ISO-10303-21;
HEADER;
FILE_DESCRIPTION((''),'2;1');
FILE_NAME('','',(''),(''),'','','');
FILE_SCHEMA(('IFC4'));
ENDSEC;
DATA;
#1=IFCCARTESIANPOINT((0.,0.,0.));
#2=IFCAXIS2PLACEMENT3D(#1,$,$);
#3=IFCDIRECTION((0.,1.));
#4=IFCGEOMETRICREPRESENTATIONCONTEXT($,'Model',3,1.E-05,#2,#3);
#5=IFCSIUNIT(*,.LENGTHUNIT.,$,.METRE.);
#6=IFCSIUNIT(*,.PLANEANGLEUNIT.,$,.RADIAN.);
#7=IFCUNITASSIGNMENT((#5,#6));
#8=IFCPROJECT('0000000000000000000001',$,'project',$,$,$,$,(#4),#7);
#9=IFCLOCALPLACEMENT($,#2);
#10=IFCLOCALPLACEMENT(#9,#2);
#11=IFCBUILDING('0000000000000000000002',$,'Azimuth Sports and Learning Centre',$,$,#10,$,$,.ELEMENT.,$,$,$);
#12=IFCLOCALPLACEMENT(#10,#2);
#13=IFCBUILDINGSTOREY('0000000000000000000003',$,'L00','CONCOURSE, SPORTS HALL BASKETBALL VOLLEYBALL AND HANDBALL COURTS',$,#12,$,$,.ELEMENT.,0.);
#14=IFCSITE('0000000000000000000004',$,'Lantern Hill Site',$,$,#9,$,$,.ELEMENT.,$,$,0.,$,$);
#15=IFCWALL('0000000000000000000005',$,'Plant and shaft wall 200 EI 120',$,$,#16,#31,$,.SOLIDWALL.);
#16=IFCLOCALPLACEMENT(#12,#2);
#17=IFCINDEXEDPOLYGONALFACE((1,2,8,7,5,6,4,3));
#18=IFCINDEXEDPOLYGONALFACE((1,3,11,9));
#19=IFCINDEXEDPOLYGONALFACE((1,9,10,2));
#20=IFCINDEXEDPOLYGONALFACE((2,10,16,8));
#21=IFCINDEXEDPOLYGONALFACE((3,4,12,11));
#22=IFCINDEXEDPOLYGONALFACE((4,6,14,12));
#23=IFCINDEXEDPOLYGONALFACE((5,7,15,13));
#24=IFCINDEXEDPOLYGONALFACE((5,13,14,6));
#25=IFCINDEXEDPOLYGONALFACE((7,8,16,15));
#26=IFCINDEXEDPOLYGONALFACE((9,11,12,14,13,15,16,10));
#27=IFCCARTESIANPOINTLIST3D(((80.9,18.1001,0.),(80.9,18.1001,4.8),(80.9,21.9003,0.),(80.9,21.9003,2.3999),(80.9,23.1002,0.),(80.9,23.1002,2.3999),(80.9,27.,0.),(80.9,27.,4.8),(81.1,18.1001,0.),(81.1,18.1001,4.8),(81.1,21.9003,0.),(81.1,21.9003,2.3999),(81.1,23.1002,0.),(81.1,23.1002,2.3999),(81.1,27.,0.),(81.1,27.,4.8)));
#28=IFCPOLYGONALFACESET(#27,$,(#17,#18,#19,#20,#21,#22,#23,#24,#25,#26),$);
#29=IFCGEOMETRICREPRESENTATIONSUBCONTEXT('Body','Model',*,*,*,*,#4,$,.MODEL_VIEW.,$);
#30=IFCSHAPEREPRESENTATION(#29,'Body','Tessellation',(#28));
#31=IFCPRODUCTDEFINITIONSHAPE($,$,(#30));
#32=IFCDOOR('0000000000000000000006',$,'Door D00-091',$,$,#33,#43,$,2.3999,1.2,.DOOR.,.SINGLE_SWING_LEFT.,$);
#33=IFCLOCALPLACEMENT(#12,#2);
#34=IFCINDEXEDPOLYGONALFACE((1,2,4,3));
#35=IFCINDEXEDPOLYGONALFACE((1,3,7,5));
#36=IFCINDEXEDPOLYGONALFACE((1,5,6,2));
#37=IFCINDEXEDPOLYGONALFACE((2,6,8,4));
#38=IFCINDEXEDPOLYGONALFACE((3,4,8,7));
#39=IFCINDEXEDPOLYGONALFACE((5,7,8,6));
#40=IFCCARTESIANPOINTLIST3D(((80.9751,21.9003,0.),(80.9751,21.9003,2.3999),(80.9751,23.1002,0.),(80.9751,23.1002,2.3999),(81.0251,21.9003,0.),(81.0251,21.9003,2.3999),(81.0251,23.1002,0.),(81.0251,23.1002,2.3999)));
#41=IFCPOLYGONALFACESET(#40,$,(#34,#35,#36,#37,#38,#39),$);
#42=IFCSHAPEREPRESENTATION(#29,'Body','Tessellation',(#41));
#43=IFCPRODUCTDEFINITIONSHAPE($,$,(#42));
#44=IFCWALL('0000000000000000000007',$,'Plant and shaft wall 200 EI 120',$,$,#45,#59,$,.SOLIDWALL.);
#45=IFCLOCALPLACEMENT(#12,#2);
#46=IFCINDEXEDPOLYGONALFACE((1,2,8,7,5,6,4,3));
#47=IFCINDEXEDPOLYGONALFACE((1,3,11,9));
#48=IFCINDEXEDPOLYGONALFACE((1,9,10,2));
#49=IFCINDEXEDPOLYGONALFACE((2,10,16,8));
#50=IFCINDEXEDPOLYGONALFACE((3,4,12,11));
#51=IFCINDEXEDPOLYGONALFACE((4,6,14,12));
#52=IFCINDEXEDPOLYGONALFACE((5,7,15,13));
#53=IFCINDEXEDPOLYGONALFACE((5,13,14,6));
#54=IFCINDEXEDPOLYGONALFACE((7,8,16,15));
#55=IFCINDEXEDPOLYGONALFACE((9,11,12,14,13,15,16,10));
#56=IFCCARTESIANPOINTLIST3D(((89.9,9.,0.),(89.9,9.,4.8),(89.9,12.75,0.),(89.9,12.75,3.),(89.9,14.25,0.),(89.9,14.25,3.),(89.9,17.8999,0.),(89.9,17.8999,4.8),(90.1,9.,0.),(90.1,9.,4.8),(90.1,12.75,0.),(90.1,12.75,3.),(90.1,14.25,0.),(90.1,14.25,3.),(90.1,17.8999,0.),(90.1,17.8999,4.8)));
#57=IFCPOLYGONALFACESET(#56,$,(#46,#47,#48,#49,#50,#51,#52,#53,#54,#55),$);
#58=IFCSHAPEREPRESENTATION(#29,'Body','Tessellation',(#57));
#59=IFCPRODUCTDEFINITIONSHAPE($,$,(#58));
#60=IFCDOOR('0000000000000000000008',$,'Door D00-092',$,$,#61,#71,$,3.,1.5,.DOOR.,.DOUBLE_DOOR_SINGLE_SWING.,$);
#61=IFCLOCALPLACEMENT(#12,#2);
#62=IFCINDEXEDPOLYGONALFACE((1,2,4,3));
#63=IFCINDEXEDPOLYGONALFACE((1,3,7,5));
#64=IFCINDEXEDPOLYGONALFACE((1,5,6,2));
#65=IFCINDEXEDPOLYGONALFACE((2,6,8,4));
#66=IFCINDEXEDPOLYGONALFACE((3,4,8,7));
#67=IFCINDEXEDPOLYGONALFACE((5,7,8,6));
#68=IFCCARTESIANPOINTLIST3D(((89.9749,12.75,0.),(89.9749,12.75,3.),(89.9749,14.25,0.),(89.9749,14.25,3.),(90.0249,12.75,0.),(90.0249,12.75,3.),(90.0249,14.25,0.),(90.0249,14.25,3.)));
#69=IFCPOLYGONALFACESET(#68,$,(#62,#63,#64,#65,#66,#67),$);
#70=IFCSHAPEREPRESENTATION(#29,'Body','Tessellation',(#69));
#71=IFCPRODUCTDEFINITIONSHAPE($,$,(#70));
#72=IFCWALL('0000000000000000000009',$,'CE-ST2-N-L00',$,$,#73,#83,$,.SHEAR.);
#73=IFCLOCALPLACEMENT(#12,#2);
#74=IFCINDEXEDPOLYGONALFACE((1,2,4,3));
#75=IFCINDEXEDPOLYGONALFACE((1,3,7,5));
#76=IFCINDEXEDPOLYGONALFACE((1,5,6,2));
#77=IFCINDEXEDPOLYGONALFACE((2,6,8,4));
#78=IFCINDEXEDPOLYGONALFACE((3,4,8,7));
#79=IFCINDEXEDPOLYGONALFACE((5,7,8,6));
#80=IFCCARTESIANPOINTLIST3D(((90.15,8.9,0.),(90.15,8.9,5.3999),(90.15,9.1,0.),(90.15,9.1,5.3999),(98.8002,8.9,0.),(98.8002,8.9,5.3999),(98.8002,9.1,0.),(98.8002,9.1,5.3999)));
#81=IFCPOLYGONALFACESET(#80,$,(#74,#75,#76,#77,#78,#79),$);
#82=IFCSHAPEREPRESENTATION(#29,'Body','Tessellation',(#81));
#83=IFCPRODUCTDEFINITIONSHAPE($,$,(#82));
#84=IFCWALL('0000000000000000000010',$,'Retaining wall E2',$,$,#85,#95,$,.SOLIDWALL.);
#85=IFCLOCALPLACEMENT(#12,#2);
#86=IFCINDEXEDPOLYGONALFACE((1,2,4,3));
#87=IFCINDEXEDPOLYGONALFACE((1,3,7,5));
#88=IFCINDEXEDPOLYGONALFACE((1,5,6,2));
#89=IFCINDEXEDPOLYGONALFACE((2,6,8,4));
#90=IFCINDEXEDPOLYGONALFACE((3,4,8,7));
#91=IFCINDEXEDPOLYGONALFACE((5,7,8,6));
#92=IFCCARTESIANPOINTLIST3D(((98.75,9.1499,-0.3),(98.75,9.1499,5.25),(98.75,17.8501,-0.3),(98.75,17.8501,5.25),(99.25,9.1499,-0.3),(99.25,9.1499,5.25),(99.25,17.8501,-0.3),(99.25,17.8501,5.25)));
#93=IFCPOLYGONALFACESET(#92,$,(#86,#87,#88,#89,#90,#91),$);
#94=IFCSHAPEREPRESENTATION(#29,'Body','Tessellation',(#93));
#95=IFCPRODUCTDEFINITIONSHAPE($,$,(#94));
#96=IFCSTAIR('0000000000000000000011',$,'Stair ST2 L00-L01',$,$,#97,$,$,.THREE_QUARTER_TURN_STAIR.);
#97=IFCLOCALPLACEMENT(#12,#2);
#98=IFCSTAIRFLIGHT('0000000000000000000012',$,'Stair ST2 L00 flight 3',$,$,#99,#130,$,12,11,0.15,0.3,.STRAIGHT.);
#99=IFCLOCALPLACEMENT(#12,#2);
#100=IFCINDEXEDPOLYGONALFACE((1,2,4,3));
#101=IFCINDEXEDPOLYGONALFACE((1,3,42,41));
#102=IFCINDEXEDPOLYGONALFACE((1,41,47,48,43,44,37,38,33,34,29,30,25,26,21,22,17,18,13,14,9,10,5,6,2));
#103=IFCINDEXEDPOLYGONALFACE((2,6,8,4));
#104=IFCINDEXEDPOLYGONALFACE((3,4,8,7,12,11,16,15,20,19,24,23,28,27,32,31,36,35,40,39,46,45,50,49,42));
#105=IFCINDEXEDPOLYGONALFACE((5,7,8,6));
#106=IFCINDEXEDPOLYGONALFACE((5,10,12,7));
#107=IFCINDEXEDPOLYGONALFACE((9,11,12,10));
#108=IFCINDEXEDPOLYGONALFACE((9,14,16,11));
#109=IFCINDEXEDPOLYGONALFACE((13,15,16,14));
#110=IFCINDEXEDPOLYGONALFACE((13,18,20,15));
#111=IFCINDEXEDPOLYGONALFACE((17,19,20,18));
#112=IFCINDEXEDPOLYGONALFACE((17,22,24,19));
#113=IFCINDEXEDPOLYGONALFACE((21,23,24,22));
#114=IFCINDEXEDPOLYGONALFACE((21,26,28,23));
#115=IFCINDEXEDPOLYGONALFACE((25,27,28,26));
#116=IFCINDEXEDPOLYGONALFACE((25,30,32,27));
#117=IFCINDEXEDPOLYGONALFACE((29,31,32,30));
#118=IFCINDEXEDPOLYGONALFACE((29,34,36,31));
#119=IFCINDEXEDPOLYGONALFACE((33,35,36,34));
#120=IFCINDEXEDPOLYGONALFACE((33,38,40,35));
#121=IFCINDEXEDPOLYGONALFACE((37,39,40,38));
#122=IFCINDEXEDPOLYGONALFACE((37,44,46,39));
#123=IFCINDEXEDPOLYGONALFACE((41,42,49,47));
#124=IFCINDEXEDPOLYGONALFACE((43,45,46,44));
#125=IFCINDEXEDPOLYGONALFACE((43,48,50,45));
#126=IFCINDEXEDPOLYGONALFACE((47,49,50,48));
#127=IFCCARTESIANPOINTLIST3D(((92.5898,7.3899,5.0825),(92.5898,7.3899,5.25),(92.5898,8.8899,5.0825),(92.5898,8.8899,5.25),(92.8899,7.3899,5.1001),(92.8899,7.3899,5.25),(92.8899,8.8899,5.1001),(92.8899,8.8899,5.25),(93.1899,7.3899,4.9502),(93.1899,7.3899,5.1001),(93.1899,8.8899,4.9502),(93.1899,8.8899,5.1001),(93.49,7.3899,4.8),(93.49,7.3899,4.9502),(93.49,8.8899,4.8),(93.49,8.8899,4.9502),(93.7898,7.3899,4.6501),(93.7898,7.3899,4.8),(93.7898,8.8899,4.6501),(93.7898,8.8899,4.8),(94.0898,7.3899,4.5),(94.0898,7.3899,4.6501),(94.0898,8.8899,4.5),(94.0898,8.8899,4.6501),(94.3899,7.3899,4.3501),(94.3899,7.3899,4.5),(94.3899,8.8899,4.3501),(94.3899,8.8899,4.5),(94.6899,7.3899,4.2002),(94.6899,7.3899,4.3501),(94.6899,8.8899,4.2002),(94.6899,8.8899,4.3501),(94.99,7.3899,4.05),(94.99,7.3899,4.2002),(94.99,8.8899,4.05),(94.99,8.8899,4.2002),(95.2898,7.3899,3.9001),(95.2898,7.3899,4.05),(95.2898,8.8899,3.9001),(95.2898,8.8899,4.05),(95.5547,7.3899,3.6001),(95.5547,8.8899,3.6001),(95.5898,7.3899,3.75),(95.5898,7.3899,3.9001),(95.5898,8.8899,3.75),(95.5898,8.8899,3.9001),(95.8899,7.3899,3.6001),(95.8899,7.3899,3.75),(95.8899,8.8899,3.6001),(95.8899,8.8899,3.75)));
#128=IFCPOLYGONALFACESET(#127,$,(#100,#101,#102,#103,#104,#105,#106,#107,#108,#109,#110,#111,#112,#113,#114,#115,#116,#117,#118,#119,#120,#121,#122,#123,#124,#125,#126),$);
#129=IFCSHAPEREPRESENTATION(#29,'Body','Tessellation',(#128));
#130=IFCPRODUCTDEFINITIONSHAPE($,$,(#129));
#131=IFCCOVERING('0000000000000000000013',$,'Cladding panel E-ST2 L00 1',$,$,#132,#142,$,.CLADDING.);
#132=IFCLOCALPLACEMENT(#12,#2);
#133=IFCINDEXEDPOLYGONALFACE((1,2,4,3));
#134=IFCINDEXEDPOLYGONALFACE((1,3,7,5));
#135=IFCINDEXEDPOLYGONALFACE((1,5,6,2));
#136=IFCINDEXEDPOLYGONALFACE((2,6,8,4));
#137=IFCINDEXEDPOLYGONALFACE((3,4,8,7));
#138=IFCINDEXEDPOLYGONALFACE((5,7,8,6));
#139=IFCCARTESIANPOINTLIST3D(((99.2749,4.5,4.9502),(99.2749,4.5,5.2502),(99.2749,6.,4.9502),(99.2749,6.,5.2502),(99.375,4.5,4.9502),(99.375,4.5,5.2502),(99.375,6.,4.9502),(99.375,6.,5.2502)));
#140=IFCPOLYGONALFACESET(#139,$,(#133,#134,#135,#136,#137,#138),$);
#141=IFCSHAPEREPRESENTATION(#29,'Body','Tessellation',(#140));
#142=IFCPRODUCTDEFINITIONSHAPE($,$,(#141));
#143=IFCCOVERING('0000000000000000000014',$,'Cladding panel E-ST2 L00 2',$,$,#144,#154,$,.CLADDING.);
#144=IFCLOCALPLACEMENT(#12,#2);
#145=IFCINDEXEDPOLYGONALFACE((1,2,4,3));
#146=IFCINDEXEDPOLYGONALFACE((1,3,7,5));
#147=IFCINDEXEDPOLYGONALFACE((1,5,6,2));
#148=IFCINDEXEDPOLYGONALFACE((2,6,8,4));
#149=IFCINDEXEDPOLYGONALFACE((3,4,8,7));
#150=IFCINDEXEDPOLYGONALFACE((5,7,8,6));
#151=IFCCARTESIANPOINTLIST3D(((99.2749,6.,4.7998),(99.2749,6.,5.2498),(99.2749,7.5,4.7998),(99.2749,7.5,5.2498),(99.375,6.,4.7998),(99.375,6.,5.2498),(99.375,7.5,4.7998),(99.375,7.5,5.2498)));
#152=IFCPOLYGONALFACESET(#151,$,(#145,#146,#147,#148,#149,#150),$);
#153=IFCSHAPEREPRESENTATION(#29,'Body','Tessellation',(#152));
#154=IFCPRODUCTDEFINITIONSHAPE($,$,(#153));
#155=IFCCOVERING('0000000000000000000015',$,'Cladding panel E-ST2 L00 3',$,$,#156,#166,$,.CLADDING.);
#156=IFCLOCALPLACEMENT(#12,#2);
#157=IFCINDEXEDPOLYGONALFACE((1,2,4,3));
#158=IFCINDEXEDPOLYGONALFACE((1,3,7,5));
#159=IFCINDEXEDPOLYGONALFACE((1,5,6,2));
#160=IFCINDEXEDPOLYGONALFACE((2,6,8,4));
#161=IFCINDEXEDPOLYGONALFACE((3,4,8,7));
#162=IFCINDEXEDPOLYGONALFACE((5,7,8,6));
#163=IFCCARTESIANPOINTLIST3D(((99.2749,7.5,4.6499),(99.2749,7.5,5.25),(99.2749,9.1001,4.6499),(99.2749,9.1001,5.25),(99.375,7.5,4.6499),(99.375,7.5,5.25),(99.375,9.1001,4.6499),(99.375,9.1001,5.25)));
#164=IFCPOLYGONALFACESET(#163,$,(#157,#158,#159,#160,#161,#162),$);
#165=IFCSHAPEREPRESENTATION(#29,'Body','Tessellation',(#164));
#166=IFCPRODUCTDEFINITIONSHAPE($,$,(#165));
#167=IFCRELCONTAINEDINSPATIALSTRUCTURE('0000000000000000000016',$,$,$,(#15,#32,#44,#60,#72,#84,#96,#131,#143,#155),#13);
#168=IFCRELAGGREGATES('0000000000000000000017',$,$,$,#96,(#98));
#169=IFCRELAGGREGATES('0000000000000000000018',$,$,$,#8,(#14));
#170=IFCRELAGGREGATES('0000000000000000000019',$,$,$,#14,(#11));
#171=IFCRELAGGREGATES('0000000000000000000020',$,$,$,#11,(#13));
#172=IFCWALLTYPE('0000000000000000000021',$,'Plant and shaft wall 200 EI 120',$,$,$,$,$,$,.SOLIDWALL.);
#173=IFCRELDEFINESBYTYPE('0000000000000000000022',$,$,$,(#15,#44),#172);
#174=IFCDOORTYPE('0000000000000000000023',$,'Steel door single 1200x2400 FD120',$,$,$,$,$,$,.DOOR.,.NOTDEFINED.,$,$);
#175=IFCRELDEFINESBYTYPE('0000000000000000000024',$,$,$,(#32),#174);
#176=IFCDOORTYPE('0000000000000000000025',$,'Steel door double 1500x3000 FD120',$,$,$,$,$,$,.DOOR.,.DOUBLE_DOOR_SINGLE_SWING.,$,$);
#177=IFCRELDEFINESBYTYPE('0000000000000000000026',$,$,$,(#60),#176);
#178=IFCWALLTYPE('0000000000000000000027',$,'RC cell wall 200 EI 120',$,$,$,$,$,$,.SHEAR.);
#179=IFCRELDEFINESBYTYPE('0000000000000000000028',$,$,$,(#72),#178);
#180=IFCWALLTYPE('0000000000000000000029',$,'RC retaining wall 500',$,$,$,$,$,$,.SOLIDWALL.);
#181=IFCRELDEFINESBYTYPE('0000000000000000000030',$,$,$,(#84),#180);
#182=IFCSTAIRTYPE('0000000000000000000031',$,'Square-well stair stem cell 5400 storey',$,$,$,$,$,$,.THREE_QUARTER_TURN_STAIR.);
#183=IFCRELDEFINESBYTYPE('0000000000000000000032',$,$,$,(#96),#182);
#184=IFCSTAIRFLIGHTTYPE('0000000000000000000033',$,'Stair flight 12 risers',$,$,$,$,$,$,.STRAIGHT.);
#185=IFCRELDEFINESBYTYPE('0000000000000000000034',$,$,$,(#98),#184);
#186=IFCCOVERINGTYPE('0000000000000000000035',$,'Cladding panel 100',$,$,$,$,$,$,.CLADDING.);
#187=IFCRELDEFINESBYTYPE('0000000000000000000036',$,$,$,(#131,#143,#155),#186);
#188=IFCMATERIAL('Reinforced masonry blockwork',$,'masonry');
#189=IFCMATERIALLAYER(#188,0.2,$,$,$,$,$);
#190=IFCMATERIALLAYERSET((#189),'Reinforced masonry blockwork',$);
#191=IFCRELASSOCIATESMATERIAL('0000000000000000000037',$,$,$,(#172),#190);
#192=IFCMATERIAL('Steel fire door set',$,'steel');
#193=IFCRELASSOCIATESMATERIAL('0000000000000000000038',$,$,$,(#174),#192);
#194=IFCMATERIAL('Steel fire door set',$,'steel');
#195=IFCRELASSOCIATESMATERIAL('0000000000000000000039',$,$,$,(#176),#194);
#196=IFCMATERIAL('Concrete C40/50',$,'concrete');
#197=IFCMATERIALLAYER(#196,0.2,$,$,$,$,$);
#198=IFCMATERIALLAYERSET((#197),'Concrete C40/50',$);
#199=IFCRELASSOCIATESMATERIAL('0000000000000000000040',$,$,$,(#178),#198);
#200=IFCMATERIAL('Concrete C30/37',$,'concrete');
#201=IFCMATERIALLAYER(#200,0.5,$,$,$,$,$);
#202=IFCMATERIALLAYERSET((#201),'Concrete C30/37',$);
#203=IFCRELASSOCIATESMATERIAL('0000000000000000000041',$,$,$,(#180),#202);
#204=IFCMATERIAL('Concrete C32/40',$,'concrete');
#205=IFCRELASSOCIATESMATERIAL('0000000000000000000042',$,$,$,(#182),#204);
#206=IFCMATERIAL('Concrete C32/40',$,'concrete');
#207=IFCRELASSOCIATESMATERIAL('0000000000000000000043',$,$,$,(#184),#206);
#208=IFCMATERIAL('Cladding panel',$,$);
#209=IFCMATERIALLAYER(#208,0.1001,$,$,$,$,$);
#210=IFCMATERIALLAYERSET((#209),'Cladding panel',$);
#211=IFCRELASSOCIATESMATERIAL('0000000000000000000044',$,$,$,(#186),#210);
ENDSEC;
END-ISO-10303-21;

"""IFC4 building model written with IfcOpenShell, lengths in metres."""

from ifc_helpers import new_model, si_unit, direction, frame, frame_2d, origin, origin_2d, place, context, subcontext, project, spatial, polyline, rectangle, outline, extrude, material, layer, layer_set, type_object, element, fill, aggregate, save


model = new_model("IFC4")

# Units and contexts
model_context = context("Model", 3, precision=1e-05, world=origin(), true_north=direction((0.0, 1.0)))
body_context = subcontext(model_context, "Body", "Model", "MODEL_VIEW")
ifc_project = project(units=[si_unit("LENGTHUNIT", "METRE"), si_unit("PLANEANGLEUNIT", "RADIAN")], contexts=[model_context])

# Site, building, storey
site_placement = place(None, origin())
site = spatial("IfcSite", under=ifc_project, at=site_placement, Name="Lantern Hill Site", CompositionType="ELEMENT", RefElevation=0.0)
building_placement = place(site_placement, origin())
building = spatial("IfcBuilding", under=site, at=building_placement, Name="Azimuth Sports and Learning Centre", CompositionType="ELEMENT")
storey_placement = place(building_placement, origin())
storey = spatial("IfcBuildingStorey", under=building, at=storey_placement, Name="L00", Description="CONCOURSE, SPORTS HALL BASKETBALL VOLLEYBALL AND HANDBALL COURTS", CompositionType="ELEMENT", Elevation=0.0)

# Shared definitions
ifc_material_1 = material(Name="Reinforced masonry blockwork", Category="masonry")
ifc_layer_1 = layer(ifc_material_1, 0.2)
ifc_layer_set_1 = layer_set([ifc_layer_1], Name="Reinforced masonry blockwork")
wall_type_1 = type_object("IfcWallType", Name="Plant and shaft wall 200 EI 120", PredefinedType="SOLIDWALL", material=ifc_layer_set_1)

# Walls, openings, doors
ifc_material_2 = material(Name="Steel fire door set", Category="steel")
door_type_1 = type_object("IfcDoorType", Name="Steel door single 1200x2400 FD120", OperationType="NOTDEFINED", PredefinedType="DOOR", material=ifc_material_2)
wall_1_placement = place(storey_placement, frame((81.0, 18.1001, 0.0), z_axis=(0.0, 0.0, 1.0), x_axis=(0.0, 1.0, 0.0)))
wall_1 = element("IfcWall", 1, at=wall_1_placement, inside=storey, type_object=wall_type_1, Name="Plant and shaft wall 200 EI 120", PredefinedType="SOLIDWALL", context=body_context, shape_type="SweptSolid", body=[
    extrude(rectangle(XDim=8.8999, YDim=0.2, at=frame_2d((4.45, 0.0))), origin(), (0.0, 0.0, 1.0), 4.8),
])
opening_1_placement = place(wall_1_placement, frame((3.8, 0.0, 0.0)))
opening_1 = element("IfcOpeningElement", 2, at=opening_1_placement, cuts=wall_1, PredefinedType="OPENING", context=body_context, shape_type="SweptSolid", body=[
    extrude(rectangle(XDim=1.2, YDim=2.3999, at=frame_2d((0.6001, 1.2))), frame((0.0, 0.1108, 0.0), z_axis=(0.0, -1.0, 0.0), x_axis=(1.0, 0.0, 0.0)), (0.0, 0.0, 1.0), 0.2219),
])
door_1_placement = place(opening_1_placement, origin())
door_1 = element("IfcDoor", 3, at=door_1_placement, inside=storey, type_object=door_type_1, Name="Door D00-091", OperationType="SINGLE_SWING_LEFT", OverallHeight=2.3999, OverallWidth=1.2, PredefinedType="DOOR", context=body_context, shape_type="SweptSolid", body=[
    extrude(rectangle(XDim=1.2, YDim=2.3999, at=frame_2d((0.6001, 1.2))), frame((0.0, 0.0249, 0.0), z_axis=(0.0, -1.0, 0.0), x_axis=(1.0, 0.0, 0.0)), (0.0, 0.0, 1.0), 0.05),
])
fill(opening_1, door_1)
wall_2_placement = place(storey_placement, frame((90.0, 9.0, 0.0), z_axis=(0.0, 0.0, 1.0), x_axis=(0.0, 1.0, 0.0)))
wall_2 = element("IfcWall", 4, at=wall_2_placement, inside=storey, type_object=wall_type_1, Name="Plant and shaft wall 200 EI 120", PredefinedType="SOLIDWALL", context=body_context, shape_type="SweptSolid", body=[
    extrude(rectangle(XDim=8.8999, YDim=0.2, at=frame_2d((4.45, 0.0))), origin(), (0.0, 0.0, 1.0), 4.8),
])
opening_2_placement = place(wall_2_placement, frame((3.75, 0.0, 0.0)))
opening_2 = element("IfcOpeningElement", 5, at=opening_2_placement, cuts=wall_2, PredefinedType="OPENING", context=body_context, shape_type="SweptSolid", body=[
    extrude(rectangle(XDim=1.5, YDim=3.0, at=frame_2d((0.75, 1.5))), frame((0.0, 0.1108, 0.0), z_axis=(0.0, -1.0, 0.0), x_axis=(1.0, 0.0, 0.0)), (0.0, 0.0, 1.0), 0.2219),
])
ifc_material_3 = material(Name="Steel fire door set", Category="steel")
door_type_2 = type_object("IfcDoorType", Name="Steel door double 1500x3000 FD120", OperationType="DOUBLE_DOOR_SINGLE_SWING", PredefinedType="DOOR", material=ifc_material_3)
door_2_placement = place(opening_2_placement, frame((1.5, 0.0, 0.0), z_axis=(0.0, 0.0, 1.0), x_axis=(-1.0, 0.0, 0.0)))
door_2 = element("IfcDoor", 6, at=door_2_placement, inside=storey, type_object=door_type_2, Name="Door D00-092", OperationType="DOUBLE_DOOR_SINGLE_SWING", OverallHeight=3.0, OverallWidth=1.5, PredefinedType="DOOR", context=body_context, shape_type="SweptSolid", body=[
    extrude(rectangle(XDim=1.5, YDim=3.0, at=frame_2d((0.75, 1.5))), frame((0.0, 0.0249, 0.0), z_axis=(0.0, -1.0, 0.0), x_axis=(1.0, 0.0, 0.0)), (0.0, 0.0, 1.0), 0.05),
])
fill(opening_2, door_2)

# Walls
ifc_material_4 = material(Name="Concrete C40/50", Category="concrete")
ifc_layer_2 = layer(ifc_material_4, 0.2)
ifc_layer_set_2 = layer_set([ifc_layer_2], Name="Concrete C40/50")
wall_type_2 = type_object("IfcWallType", Name="RC cell wall 200 EI 120", PredefinedType="SHEAR", material=ifc_layer_set_2)
wall_3_placement = place(storey_placement, frame((90.1499, 9.0, 0.0), z_axis=(0.0, 0.0, 1.0), x_axis=(1.0, 0.0, 0.0)))
element("IfcWall", 7, at=wall_3_placement, inside=storey, type_object=wall_type_2, Name="CE-ST2-N-L00", PredefinedType="SHEAR", context=body_context, shape_type="SweptSolid", body=[
    extrude(rectangle(XDim=8.6501, YDim=0.2, at=frame_2d((4.3252, 0.0))), origin(), (0.0, 0.0, 1.0), 5.3999),
])
ifc_material_5 = material(Name="Concrete C30/37", Category="concrete")
ifc_layer_3 = layer(ifc_material_5, 0.5)
ifc_layer_set_3 = layer_set([ifc_layer_3], Name="Concrete C30/37")
wall_type_3 = type_object("IfcWallType", Name="RC retaining wall 500", PredefinedType="SOLIDWALL", material=ifc_layer_set_3)
wall_4_placement = place(storey_placement, frame((99.0, 9.1499, -0.3), z_axis=(0.0, 0.0, 1.0), x_axis=(0.0, 1.0, 0.0)))
element("IfcWall", 8, at=wall_4_placement, inside=storey, type_object=wall_type_3, Name="Retaining wall E2", PredefinedType="SOLIDWALL", context=body_context, shape_type="SweptSolid", body=[
    extrude(rectangle(XDim=8.7002, YDim=0.5, at=frame_2d((4.3501, 0.0))), origin(), (0.0, 0.0, 1.0), 5.55),
])

# Stair, stair flight
ifc_material_6 = material(Name="Concrete C32/40", Category="concrete")
stair_type = type_object("IfcStairType", Name="Square-well stair stem cell 5400 storey", PredefinedType="THREE_QUARTER_TURN_STAIR", material=ifc_material_6)
stair_placement = place(storey_placement, origin())
stair = element("IfcStair", 9, at=stair_placement, inside=storey, type_object=stair_type, Name="Stair ST2 L00-L01", PredefinedType="THREE_QUARTER_TURN_STAIR")
ifc_material_7 = material(Name="Concrete C32/40", Category="concrete")
stair_flight_type = type_object("IfcStairFlightType", Name="Stair flight 12 risers", PredefinedType="STRAIGHT", material=ifc_material_7)
stair_flight_placement = place(storey_placement, frame((95.8899, 8.1399, 3.6001), z_axis=(0.0, 0.0, 1.0), x_axis=(-1.0, 0.0, 0.0)))
stair_flight = element("IfcStairFlight", 10, at=stair_flight_placement, type_object=stair_flight_type, Name="Stair ST2 L00 flight 3", NumberOfRisers=12, NumberOfTreads=11, PredefinedType="STRAIGHT", RiserHeight=0.15, TreadLength=0.3, context=body_context, shape_type="SweptSolid", body=[
    extrude(outline(polyline([(0.0, 0.0), (0.0, 0.1499), (0.3, 0.1499), (0.3, 0.3), (0.6001, 0.3), (0.6001, 0.45), (0.8999, 0.45), (0.8999, 0.6001), (1.2, 0.6001), (1.2, 0.75), (1.5, 0.75), (1.5, 0.8999), (1.8, 0.8999), (1.8, 1.05), (2.1001, 1.05), (2.1001, 1.2), (2.3999, 1.2), (2.3999, 1.3501), (2.7, 1.3501), (2.7, 1.5), (3.0, 1.5), (3.0, 1.6499), (3.3, 1.6499), (3.3, 1.8), (3.3, 1.4824), (0.3352, 0.0), (0.0, 0.0)])), frame((0.0, 0.75, 0.0), z_axis=(0.0, -1.0, 0.0), x_axis=(1.0, 0.0, 0.0)), (0.0, 0.0, 1.0), 1.5),
])
aggregate(stair, [stair_flight])

# Coverings
ifc_material_8 = material(Name="Cladding panel")
ifc_layer_4 = layer(ifc_material_8, 0.1001)
ifc_layer_set_4 = layer_set([ifc_layer_4], Name="Cladding panel")
covering_type = type_object("IfcCoveringType", Name="Cladding panel 100", PredefinedType="CLADDING", material=ifc_layer_set_4)
covering_1_placement = place(storey_placement, frame((99.325, 5.25, 4.9502), z_axis=(0.0, 0.0, 1.0), x_axis=(0.0, 1.0, 0.0)))
element("IfcCovering", 11, at=covering_1_placement, inside=storey, type_object=covering_type, Name="Cladding panel E-ST2 L00 1", PredefinedType="CLADDING", context=body_context, shape_type="SweptSolid", body=[
    extrude(rectangle(XDim=1.5, YDim=0.1001, at=origin_2d()), origin(), (0.0, 0.0, 1.0), 0.3),
])
covering_2_placement = place(storey_placement, frame((99.325, 6.75, 4.7998), z_axis=(0.0, 0.0, 1.0), x_axis=(0.0, 1.0, 0.0)))
element("IfcCovering", 12, at=covering_2_placement, inside=storey, type_object=covering_type, Name="Cladding panel E-ST2 L00 2", PredefinedType="CLADDING", context=body_context, shape_type="SweptSolid", body=[
    extrude(rectangle(XDim=1.5, YDim=0.1001, at=origin_2d()), origin(), (0.0, 0.0, 1.0), 0.45),
])
covering_3_placement = place(storey_placement, frame((99.325, 8.3, 4.6499), z_axis=(0.0, 0.0, 1.0), x_axis=(0.0, 1.0, 0.0)))
element("IfcCovering", 13, at=covering_3_placement, inside=storey, type_object=covering_type, Name="Cladding panel E-ST2 L00 3", PredefinedType="CLADDING", context=body_context, shape_type="SweptSolid", body=[
    extrude(rectangle(XDim=1.6001, YDim=0.1001, at=origin_2d()), origin(), (0.0, 0.0, 1.0), 0.6001),
])

save(model, "model.ifc")
